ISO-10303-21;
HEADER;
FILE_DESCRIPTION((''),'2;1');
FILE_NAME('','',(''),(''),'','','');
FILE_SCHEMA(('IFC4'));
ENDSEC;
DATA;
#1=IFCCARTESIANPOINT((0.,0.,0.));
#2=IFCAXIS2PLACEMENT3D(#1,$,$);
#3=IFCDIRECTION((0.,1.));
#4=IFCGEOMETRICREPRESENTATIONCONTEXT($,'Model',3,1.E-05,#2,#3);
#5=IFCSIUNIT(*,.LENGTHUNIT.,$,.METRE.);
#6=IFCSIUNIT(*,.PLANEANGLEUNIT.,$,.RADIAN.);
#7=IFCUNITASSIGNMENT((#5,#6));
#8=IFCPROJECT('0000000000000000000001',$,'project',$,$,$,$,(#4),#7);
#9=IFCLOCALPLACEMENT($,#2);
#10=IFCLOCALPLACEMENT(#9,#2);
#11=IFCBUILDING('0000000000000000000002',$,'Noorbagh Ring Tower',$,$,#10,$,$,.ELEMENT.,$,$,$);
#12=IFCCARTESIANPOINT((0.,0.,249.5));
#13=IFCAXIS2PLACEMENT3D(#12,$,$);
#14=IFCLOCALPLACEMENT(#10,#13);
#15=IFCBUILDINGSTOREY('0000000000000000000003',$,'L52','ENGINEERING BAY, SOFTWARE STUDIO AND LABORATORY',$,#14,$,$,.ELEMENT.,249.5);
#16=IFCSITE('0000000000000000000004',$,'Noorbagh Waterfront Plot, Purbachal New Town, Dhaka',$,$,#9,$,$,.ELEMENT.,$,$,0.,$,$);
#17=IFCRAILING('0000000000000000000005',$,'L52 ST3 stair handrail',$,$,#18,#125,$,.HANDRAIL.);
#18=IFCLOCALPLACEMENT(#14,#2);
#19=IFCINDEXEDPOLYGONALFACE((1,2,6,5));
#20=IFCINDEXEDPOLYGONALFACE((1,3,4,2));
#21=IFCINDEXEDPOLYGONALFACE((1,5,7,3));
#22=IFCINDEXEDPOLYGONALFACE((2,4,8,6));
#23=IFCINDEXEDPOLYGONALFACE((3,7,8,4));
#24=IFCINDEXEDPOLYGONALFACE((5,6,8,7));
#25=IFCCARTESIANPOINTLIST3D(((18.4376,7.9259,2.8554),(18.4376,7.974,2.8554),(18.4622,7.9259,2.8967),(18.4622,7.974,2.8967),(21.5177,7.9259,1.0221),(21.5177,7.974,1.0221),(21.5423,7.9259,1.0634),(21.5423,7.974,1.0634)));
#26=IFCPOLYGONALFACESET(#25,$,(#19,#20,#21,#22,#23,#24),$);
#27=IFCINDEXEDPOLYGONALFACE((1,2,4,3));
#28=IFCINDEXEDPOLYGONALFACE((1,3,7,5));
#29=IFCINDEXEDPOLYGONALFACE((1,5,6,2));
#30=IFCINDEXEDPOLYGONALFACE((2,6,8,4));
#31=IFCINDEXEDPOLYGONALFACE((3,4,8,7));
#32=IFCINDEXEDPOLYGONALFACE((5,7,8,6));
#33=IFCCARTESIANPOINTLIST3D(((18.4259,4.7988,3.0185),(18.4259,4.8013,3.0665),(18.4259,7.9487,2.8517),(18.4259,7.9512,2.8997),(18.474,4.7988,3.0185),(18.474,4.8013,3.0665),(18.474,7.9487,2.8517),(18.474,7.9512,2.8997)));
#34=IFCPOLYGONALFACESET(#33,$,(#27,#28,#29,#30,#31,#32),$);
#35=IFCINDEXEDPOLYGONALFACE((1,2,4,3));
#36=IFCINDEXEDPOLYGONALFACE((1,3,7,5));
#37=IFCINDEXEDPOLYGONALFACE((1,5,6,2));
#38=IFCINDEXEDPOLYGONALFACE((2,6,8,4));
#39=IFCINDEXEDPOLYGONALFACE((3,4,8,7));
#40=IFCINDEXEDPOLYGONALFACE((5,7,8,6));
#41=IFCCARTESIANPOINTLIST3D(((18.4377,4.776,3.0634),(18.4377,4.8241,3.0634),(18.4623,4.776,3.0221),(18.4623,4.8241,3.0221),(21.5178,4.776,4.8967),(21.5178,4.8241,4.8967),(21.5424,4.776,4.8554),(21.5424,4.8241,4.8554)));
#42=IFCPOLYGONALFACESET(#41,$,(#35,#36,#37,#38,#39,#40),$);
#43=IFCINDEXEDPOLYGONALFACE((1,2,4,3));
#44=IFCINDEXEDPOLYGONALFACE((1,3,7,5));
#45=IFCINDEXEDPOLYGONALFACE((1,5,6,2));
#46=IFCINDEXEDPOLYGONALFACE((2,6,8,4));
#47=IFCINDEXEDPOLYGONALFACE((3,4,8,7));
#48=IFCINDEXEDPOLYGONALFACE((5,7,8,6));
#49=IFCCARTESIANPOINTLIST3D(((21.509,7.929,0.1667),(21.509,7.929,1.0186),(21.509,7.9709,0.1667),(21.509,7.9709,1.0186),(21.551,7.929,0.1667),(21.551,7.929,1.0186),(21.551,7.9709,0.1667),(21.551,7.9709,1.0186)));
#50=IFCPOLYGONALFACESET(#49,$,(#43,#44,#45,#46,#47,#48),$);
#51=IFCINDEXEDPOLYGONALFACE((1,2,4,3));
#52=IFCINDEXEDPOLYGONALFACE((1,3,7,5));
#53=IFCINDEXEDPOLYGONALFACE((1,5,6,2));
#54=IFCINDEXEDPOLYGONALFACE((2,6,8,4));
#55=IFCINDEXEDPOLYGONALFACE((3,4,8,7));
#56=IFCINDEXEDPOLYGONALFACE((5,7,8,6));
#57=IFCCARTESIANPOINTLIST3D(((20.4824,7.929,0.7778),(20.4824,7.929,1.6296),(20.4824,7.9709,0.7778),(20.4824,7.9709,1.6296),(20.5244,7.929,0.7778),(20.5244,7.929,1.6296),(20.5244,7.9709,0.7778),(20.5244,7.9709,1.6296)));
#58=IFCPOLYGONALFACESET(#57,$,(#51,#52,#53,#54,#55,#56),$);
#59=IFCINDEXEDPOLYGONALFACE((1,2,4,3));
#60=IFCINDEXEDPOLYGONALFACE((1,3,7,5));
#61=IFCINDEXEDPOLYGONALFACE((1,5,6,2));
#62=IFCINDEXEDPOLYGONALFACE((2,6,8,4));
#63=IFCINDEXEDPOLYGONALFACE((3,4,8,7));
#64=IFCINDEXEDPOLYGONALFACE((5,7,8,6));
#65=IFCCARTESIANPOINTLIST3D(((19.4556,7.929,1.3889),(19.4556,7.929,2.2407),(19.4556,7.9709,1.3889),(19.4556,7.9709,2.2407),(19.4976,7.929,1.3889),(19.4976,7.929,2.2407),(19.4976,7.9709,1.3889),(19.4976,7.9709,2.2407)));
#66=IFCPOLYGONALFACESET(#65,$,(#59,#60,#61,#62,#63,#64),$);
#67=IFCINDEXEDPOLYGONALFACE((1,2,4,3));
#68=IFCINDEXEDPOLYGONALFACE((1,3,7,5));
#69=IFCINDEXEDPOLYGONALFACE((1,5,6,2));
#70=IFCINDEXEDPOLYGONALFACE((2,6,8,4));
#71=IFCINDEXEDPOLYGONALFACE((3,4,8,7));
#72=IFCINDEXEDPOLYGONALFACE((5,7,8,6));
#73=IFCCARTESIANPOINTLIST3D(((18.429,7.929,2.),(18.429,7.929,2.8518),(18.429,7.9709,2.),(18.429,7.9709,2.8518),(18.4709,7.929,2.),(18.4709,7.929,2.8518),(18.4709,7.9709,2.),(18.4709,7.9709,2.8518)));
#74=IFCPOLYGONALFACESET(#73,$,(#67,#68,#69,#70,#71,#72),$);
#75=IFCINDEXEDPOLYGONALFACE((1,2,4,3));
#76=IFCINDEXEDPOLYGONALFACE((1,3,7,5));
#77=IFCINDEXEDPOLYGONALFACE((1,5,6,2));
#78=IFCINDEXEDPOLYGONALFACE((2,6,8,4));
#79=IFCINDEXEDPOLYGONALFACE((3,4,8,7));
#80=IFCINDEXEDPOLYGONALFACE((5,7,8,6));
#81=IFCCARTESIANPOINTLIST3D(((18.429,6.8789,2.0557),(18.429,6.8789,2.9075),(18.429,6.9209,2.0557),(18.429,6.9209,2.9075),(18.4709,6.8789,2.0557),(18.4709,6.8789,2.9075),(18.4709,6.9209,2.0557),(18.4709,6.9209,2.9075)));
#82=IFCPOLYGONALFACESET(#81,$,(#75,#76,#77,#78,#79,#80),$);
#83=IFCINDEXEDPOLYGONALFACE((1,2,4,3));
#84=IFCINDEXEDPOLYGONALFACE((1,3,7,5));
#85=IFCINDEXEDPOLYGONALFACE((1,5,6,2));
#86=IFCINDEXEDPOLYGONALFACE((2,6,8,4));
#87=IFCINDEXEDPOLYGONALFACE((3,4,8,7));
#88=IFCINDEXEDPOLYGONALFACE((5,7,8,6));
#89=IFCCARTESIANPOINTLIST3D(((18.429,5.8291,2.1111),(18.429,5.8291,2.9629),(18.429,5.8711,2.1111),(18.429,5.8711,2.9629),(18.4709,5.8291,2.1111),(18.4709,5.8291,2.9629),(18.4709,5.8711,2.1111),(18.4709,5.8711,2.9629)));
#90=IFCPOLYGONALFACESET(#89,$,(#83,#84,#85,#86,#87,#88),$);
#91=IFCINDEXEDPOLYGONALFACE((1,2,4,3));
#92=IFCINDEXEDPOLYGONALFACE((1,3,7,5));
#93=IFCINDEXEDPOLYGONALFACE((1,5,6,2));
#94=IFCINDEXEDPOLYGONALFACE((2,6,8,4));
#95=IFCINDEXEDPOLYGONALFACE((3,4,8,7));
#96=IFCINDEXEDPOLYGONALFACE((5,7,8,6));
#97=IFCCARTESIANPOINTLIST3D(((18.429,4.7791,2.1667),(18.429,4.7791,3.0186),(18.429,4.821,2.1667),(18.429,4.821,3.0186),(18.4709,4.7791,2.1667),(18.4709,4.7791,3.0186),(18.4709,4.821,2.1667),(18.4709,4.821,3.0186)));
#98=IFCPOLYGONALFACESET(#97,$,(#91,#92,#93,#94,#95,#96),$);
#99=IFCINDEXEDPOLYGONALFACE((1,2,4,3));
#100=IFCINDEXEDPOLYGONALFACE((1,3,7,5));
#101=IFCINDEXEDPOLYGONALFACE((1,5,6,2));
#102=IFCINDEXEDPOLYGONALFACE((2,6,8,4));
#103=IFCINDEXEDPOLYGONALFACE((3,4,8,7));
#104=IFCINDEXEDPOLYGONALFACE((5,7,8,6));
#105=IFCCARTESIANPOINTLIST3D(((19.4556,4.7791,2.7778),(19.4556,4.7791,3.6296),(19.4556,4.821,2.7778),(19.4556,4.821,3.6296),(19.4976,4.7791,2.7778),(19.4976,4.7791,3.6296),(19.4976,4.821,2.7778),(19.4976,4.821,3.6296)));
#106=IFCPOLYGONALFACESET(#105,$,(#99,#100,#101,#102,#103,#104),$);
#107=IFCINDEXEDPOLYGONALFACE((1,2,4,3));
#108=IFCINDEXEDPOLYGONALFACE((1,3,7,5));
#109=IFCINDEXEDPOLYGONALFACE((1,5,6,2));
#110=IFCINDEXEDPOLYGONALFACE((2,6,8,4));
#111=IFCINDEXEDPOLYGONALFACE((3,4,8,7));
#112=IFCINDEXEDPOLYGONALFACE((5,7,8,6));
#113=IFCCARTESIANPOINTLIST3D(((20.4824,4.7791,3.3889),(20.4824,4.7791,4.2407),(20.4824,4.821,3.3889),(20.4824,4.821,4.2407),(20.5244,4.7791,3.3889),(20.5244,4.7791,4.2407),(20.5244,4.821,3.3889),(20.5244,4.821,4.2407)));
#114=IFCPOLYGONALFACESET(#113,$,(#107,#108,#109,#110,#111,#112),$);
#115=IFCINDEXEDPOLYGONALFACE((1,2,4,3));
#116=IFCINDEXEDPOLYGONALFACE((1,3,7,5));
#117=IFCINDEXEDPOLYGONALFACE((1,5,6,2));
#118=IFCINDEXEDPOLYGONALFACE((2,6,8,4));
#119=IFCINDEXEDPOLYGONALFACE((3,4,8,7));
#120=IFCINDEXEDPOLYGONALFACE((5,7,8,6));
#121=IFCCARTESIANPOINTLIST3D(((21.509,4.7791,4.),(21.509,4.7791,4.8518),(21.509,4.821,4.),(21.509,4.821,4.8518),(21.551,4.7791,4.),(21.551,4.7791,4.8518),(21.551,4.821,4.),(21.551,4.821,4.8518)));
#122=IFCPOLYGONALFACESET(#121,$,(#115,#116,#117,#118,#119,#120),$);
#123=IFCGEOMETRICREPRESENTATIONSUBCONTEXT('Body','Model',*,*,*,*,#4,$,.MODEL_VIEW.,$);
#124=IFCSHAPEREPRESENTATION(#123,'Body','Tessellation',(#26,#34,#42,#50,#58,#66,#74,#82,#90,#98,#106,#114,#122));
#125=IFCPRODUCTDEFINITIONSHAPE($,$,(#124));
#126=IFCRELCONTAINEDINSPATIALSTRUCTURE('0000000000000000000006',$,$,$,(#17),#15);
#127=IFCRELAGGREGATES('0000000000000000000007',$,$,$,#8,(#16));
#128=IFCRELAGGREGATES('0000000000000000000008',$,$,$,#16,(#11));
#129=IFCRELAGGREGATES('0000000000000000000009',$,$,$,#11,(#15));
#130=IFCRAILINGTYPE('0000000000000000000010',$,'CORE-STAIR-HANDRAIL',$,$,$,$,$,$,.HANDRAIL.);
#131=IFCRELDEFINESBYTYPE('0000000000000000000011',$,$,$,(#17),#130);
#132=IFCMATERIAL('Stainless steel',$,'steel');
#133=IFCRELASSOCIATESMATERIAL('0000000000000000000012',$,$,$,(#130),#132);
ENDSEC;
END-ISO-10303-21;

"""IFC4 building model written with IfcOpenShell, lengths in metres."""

from ifc_helpers import new_model, si_unit, direction, frame, origin, origin_2d, place, context, subcontext, project, spatial, rectangle, extrude, material, type_object, element, save


model = new_model("IFC4")

# Units and contexts
model_context = context("Model", 3, precision=1e-05, world=origin(), true_north=direction((0.0, 1.0)))
body_context = subcontext(model_context, "Body", "Model", "MODEL_VIEW")
ifc_project = project(units=[si_unit("LENGTHUNIT", "METRE"), si_unit("PLANEANGLEUNIT", "RADIAN")], contexts=[model_context])

# Site, building, storey
site_placement = place(None, origin())
site = spatial("IfcSite", under=ifc_project, at=site_placement, Name="Noorbagh Waterfront Plot, Purbachal New Town, Dhaka", CompositionType="ELEMENT", RefElevation=0.0)
building_placement = place(site_placement, origin())
building = spatial("IfcBuilding", under=site, at=building_placement, Name="Noorbagh Ring Tower", CompositionType="ELEMENT")
storey_placement = place(building_placement, frame((0.0, 0.0, 249.5)))
storey = spatial("IfcBuildingStorey", under=building, at=storey_placement, Name="L52", Description="ENGINEERING BAY, SOFTWARE STUDIO AND LABORATORY", CompositionType="ELEMENT", Elevation=249.5)

# Railing
ifc_material_1 = material(Name="Stainless steel", Category="steel")
railing_type_1 = type_object("IfcRailingType", Name="CORE-STAIR-HANDRAIL", PredefinedType="HANDRAIL", material=ifc_material_1)
railing_1_placement = place(storey_placement, frame((21.53, 7.95, 0.1667)))
element("IfcRailing", 1, at=railing_1_placement, inside=storey, type_object=railing_type_1, Name="L52 ST3 stair handrail", PredefinedType="HANDRAIL", context=body_context, shape_type="SweptSolid", body=[
    extrude(rectangle(XDim=0.0481, YDim=0.0481, at=origin_2d()), frame((0.0, 0.0, 0.876), z_axis=(-0.859309, 0.0, 0.511458), x_axis=(0.0, -1.0, 0.0)), (0.0, 0.0, 1.0), 3.5845),
    extrude(rectangle(XDim=0.0481, YDim=0.0481, at=origin_2d()), frame((-3.0801, 0.0, 2.709), z_axis=(0.0, -0.998602, 0.052864), x_axis=(1.0, 0.0, 0.0)), (0.0, 0.0, 1.0), 3.1543),
    extrude(rectangle(XDim=0.0481, YDim=0.0481, at=origin_2d()), frame((-3.0801, -3.1499, 2.876), z_axis=(0.859309, 0.0, 0.511458), x_axis=(0.0, 1.0, 0.0)), (0.0, 0.0, 1.0), 3.5845),
    extrude(rectangle(XDim=0.042, YDim=0.042, at=origin_2d()), origin(), (0.0, 0.0, 1.0), 0.8518),
    extrude(rectangle(XDim=0.042, YDim=0.042, at=origin_2d()), frame((-1.0266, 0.0, 0.6111)), (0.0, 0.0, 1.0), 0.8518),
    extrude(rectangle(XDim=0.042, YDim=0.042, at=origin_2d()), frame((-2.0535, 0.0, 1.2222)), (0.0, 0.0, 1.0), 0.8518),
    extrude(rectangle(XDim=0.042, YDim=0.042, at=origin_2d()), frame((-3.0801, 0.0, 1.8333)), (0.0, 0.0, 1.0), 0.8518),
    extrude(rectangle(XDim=0.042, YDim=0.042, at=origin_2d()), frame((-3.0801, -1.05, 1.8889)), (0.0, 0.0, 1.0), 0.8518),
    extrude(rectangle(XDim=0.042, YDim=0.042, at=origin_2d()), frame((-3.0801, -2.0999, 1.9443)), (0.0, 0.0, 1.0), 0.8518),
    extrude(rectangle(XDim=0.042, YDim=0.042, at=origin_2d()), frame((-3.0801, -3.1499, 2.0)), (0.0, 0.0, 1.0), 0.8518),
    extrude(rectangle(XDim=0.042, YDim=0.042, at=origin_2d()), frame((-2.0535, -3.1499, 2.6111)), (0.0, 0.0, 1.0), 0.8518),
    extrude(rectangle(XDim=0.042, YDim=0.042, at=origin_2d()), frame((-1.0266, -3.1499, 3.2222)), (0.0, 0.0, 1.0), 0.8518),
    extrude(rectangle(XDim=0.042, YDim=0.042, at=origin_2d()), frame((0.0, -3.1499, 3.8333)), (0.0, 0.0, 1.0), 0.8518),
])

save(model, "model.ifc")
